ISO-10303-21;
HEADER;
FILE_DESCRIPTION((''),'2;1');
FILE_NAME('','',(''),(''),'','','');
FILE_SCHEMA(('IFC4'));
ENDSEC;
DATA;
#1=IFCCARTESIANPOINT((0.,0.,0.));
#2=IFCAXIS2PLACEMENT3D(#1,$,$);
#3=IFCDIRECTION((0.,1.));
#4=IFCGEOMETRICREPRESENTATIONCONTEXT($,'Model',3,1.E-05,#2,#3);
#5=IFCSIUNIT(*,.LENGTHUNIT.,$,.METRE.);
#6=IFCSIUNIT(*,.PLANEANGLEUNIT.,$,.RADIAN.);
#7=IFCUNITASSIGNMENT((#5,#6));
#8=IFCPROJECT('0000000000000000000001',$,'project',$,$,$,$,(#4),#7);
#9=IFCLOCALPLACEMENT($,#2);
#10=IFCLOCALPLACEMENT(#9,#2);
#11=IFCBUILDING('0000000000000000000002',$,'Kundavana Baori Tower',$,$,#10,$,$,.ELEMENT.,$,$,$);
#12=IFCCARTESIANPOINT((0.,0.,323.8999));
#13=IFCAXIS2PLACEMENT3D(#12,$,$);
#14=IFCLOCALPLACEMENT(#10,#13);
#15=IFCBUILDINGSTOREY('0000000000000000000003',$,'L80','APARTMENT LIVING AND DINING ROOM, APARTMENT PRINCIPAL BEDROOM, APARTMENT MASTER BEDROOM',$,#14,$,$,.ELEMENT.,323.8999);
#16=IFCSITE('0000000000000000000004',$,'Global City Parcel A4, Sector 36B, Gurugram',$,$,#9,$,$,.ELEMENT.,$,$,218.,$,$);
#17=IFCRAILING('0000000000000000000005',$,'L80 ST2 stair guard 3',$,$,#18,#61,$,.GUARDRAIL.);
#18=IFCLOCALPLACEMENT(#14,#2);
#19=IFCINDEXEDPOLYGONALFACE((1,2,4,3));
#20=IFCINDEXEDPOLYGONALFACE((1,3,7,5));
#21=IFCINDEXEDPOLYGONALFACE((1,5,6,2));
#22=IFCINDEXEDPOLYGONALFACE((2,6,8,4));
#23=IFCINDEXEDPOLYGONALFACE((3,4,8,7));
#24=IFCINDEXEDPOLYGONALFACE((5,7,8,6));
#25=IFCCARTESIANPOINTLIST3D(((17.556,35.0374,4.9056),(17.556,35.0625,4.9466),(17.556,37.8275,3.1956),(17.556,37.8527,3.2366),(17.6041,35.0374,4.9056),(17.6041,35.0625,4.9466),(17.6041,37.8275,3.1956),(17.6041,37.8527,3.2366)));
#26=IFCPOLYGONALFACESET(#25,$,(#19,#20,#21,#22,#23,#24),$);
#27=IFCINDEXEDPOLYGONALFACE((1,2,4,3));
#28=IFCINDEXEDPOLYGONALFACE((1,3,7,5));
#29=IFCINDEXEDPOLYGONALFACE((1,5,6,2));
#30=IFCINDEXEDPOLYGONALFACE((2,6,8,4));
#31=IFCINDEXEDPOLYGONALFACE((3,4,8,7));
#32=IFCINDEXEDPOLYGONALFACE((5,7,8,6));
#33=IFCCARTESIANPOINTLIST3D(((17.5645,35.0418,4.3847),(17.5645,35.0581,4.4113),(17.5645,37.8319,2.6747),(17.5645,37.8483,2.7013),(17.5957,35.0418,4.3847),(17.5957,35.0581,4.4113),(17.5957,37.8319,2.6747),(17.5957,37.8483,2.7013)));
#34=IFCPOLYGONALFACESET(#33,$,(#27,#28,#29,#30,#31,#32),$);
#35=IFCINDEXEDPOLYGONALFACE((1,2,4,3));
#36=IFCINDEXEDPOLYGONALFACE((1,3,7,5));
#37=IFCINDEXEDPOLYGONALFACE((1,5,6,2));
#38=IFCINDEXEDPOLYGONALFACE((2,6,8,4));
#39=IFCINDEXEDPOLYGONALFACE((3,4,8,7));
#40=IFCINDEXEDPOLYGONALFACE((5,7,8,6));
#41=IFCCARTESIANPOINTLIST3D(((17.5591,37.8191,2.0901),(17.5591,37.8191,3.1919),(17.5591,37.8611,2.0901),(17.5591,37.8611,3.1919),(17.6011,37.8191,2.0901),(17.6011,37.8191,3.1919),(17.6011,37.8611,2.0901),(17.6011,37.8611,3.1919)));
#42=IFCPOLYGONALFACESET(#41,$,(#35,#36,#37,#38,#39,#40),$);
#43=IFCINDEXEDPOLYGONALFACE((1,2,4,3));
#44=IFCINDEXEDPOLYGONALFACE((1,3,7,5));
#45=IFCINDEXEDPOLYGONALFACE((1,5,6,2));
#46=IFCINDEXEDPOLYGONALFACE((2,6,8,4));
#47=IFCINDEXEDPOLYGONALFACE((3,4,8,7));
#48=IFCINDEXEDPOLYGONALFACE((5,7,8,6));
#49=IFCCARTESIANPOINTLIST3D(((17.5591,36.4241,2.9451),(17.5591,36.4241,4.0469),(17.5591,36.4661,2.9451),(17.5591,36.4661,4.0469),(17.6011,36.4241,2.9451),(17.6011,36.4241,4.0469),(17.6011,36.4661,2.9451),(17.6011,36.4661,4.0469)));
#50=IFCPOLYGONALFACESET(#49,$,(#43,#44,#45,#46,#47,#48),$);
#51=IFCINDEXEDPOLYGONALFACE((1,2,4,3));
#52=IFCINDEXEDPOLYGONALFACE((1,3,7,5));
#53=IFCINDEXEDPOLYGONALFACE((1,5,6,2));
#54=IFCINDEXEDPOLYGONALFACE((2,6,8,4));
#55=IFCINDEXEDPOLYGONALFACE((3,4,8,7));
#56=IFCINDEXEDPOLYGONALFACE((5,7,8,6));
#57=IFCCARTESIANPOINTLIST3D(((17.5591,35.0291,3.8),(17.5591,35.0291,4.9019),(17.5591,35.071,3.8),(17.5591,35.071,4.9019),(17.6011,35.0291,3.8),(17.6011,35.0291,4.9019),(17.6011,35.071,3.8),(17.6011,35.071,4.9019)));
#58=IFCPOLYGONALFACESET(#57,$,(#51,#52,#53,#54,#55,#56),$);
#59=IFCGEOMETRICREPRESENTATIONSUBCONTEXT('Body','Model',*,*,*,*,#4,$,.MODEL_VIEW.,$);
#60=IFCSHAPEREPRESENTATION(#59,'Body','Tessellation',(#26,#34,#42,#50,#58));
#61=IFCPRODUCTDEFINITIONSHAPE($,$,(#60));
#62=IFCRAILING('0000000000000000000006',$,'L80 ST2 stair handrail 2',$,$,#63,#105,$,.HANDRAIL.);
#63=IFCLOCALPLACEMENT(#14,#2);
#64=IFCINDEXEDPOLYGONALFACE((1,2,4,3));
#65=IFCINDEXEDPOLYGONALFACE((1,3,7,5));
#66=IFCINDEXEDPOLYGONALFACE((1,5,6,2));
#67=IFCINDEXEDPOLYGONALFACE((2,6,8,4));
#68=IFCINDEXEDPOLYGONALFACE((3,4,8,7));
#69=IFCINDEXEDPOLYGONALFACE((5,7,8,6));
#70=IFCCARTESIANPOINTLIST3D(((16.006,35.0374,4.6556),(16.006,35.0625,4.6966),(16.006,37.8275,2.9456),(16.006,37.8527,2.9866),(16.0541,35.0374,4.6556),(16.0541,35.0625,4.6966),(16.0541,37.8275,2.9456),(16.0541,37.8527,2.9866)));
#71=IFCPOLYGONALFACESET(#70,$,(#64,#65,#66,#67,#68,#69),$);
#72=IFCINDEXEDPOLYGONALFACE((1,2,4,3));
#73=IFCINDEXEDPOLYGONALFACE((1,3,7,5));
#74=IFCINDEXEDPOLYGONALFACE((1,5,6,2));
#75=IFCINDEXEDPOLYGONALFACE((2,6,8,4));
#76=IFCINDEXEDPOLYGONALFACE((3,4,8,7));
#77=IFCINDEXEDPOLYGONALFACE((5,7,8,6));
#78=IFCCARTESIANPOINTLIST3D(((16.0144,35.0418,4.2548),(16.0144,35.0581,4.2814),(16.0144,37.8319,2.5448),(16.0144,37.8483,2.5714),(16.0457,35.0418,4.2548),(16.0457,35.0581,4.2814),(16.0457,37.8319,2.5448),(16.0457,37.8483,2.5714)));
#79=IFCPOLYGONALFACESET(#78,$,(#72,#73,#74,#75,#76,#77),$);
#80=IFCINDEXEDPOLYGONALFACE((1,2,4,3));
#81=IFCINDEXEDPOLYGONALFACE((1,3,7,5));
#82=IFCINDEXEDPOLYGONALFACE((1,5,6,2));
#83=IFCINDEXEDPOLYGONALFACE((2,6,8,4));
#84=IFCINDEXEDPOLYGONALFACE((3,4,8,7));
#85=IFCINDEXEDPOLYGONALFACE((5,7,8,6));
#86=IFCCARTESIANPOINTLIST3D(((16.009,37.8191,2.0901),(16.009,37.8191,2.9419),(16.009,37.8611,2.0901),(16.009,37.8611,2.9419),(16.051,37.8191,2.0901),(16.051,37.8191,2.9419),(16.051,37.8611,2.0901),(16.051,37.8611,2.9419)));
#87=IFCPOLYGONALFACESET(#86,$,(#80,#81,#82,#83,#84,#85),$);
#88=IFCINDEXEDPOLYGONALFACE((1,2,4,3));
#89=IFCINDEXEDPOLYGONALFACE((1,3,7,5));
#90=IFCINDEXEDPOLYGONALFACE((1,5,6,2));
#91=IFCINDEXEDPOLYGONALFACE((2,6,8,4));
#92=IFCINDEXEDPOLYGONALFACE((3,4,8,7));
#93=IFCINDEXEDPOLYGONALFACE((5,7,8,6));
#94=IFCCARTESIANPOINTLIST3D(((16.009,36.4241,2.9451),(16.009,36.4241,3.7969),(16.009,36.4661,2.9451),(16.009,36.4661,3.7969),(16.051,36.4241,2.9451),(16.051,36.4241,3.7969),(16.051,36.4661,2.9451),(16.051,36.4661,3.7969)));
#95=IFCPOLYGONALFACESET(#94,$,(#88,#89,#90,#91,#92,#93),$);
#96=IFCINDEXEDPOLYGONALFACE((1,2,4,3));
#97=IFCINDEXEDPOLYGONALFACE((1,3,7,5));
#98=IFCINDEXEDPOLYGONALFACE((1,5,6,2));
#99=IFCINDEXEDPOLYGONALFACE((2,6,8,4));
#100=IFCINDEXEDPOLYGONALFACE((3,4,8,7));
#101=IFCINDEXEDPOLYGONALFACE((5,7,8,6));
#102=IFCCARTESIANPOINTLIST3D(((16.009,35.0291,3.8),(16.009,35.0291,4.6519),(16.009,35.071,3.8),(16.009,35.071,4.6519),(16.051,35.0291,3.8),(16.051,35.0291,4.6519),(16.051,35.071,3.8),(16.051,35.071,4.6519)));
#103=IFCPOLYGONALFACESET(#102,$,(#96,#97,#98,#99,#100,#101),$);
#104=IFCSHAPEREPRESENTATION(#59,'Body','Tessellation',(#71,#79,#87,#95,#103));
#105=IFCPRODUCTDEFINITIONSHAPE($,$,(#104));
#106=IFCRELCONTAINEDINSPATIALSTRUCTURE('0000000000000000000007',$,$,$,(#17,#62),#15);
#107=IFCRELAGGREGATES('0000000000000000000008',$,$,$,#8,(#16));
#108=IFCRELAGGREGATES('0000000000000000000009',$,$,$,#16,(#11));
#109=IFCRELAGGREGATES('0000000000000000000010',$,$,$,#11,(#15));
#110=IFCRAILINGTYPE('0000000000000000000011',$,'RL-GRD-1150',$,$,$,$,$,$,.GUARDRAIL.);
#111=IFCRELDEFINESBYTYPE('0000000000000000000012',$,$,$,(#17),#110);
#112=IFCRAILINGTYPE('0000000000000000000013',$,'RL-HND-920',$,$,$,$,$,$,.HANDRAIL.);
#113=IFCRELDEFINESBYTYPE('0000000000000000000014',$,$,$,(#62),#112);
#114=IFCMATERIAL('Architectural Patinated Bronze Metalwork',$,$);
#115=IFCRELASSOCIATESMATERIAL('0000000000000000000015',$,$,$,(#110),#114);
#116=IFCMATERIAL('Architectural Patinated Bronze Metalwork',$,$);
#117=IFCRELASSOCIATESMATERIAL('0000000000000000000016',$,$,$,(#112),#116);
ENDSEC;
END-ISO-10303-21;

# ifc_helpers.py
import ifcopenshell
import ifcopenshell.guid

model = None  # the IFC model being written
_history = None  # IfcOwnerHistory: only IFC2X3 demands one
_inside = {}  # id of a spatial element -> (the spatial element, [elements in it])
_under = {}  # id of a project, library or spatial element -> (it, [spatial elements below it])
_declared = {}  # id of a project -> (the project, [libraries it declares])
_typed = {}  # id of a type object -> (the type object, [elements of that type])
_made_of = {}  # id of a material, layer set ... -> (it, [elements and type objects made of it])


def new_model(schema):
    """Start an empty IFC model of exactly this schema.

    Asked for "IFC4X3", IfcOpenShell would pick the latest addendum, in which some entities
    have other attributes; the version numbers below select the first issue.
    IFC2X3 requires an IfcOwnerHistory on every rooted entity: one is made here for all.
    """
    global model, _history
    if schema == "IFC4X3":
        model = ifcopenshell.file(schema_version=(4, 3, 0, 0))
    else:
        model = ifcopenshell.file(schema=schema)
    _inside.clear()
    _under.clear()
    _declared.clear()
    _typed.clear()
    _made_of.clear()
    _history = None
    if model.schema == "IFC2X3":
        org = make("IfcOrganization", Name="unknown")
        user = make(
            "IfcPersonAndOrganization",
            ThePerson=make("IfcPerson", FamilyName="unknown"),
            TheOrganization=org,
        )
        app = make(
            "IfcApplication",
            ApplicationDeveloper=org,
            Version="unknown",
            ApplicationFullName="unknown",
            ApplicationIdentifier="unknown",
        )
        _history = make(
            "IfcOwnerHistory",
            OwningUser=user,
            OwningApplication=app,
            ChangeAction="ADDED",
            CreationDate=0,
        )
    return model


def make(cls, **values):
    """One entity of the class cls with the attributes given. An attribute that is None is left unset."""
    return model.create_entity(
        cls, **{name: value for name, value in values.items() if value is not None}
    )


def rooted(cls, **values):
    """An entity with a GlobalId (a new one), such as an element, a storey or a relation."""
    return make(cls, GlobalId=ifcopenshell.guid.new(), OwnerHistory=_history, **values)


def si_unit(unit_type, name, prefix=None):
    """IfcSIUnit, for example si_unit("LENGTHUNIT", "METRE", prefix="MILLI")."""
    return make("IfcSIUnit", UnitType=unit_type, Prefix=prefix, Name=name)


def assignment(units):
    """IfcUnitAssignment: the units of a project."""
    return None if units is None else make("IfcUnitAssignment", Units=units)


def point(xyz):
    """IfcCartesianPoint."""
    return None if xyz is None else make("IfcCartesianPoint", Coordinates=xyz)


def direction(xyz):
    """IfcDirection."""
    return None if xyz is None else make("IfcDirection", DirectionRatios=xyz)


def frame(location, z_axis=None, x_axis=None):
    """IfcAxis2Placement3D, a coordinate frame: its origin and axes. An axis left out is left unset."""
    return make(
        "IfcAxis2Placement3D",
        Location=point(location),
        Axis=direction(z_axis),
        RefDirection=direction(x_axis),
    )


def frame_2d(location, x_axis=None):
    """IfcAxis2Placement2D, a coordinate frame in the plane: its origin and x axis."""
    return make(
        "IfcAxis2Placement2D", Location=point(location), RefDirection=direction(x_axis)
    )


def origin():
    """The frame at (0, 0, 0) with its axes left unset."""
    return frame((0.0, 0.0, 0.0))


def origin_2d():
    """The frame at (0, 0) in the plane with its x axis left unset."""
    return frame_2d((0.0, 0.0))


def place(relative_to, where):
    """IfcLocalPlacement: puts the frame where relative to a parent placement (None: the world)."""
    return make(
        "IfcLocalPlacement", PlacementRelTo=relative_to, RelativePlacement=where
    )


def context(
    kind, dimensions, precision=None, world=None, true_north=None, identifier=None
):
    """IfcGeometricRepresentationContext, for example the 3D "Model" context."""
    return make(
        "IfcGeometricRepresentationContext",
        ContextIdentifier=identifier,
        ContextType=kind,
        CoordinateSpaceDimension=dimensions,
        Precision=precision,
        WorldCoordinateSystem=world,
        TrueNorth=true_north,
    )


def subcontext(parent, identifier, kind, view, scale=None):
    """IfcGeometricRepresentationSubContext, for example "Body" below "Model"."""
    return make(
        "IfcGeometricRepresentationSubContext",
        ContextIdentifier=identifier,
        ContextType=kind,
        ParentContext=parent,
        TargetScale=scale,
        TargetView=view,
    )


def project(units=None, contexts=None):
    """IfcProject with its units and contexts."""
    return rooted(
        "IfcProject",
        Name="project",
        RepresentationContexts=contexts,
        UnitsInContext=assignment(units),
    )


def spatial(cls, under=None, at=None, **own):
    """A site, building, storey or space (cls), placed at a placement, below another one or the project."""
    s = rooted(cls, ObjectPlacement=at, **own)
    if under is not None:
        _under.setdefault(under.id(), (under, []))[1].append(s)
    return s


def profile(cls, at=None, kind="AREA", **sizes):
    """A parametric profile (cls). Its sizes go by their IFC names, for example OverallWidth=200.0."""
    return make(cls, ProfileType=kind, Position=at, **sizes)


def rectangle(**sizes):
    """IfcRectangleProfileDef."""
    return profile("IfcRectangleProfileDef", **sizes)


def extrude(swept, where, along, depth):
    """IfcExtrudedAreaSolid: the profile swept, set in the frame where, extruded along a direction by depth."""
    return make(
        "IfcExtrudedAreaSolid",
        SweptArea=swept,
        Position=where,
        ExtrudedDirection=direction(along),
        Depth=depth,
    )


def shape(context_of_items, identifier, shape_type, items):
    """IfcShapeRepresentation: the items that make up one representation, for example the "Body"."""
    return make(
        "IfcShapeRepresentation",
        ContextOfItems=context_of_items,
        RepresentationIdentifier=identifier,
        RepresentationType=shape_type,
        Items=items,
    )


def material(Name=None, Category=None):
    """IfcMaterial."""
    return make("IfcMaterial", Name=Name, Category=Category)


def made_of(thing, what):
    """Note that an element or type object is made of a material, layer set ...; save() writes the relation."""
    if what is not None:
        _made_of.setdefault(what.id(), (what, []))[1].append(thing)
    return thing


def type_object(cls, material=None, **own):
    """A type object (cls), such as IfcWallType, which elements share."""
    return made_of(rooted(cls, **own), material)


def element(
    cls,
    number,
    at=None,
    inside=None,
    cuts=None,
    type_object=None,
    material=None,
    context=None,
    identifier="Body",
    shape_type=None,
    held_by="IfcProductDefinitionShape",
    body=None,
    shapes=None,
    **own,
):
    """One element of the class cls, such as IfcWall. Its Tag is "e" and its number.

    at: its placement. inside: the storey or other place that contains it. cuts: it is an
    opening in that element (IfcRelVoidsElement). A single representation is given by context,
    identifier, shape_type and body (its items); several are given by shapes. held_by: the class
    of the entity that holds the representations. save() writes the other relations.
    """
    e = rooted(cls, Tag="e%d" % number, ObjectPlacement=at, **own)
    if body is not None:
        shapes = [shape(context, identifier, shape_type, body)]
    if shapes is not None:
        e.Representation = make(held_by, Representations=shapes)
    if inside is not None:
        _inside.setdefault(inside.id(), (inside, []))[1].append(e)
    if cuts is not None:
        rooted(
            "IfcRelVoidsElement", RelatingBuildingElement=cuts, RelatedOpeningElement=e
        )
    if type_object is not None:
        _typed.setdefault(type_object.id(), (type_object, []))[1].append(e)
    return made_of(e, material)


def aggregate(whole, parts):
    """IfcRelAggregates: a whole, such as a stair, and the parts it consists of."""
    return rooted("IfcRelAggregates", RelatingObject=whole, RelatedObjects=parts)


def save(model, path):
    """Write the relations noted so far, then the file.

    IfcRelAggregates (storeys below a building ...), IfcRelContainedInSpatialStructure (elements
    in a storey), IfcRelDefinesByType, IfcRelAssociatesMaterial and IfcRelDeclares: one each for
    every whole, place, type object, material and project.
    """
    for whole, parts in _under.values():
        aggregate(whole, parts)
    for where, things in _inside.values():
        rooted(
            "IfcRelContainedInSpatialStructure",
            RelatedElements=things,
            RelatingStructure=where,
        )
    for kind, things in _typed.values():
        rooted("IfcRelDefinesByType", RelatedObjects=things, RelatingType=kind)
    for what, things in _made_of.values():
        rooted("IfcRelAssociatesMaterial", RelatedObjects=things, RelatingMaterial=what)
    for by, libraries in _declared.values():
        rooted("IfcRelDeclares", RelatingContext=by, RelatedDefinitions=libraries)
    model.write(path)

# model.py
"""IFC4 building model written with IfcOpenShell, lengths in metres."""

from ifc_helpers import new_model, si_unit, direction, frame, origin, origin_2d, place, context, subcontext, project, spatial, rectangle, extrude, material, type_object, element, save


model = new_model("IFC4")

# Units and contexts
model_context = context("Model", 3, precision=1e-05, world=origin(), true_north=direction((0.0, 1.0)))
body_context = subcontext(model_context, "Body", "Model", "MODEL_VIEW")
ifc_project = project(units=[si_unit("LENGTHUNIT", "METRE"), si_unit("PLANEANGLEUNIT", "RADIAN")], contexts=[model_context])

# Site, building, storey
site_placement = place(None, origin())
site = spatial("IfcSite", under=ifc_project, at=site_placement, Name="Global City Parcel A4, Sector 36B, Gurugram", CompositionType="ELEMENT", RefElevation=218.0)
building_placement = place(site_placement, origin())
building = spatial("IfcBuilding", under=site, at=building_placement, Name="Kundavana Baori Tower", CompositionType="ELEMENT")
storey_placement = place(building_placement, frame((0.0, 0.0, 323.8999)))
storey = spatial("IfcBuildingStorey", under=building, at=storey_placement, Name="L80", Description="APARTMENT LIVING AND DINING ROOM, APARTMENT PRINCIPAL BEDROOM, APARTMENT MASTER BEDROOM", CompositionType="ELEMENT", Elevation=323.8999)

# Railings
ifc_material_1 = material(Name="Architectural Patinated Bronze Metalwork")
railing_type_1 = type_object("IfcRailingType", Name="RL-GRD-1150", PredefinedType="GUARDRAIL", material=ifc_material_1)
railing_1_placement = place(storey_placement, frame((17.5801, 37.8401, 2.0901)))
element("IfcRailing", 1, at=railing_1_placement, inside=storey, type_object=railing_type_1, Name="L80 ST2 stair guard 3", PredefinedType="GUARDRAIL", context=body_context, shape_type="SweptSolid", body=[
    extrude(rectangle(XDim=0.0481, YDim=0.0481, at=origin_2d()), frame((0.0, 0.0, 1.126), z_axis=(0.0, -0.85261, 0.522548), x_axis=(1.0, 0.0, 0.0)), (0.0, 0.0, 1.0), 3.2725),
    extrude(rectangle(XDim=0.0312, YDim=0.0312, at=origin_2d()), frame((0.0, 0.0, 0.5979), z_axis=(0.0, -0.85261, 0.522548), x_axis=(1.0, 0.0, 0.0)), (0.0, 0.0, 1.0), 3.2725),
    extrude(rectangle(XDim=0.042, YDim=0.042, at=origin_2d()), origin(), (0.0, 0.0, 1.0), 1.1018),
    extrude(rectangle(XDim=0.042, YDim=0.042, at=origin_2d()), frame((0.0, -1.395, 0.855)), (0.0, 0.0, 1.0), 1.1018),
    extrude(rectangle(XDim=0.042, YDim=0.042, at=origin_2d()), frame((0.0, -2.79, 1.71)), (0.0, 0.0, 1.0), 1.1018),
])
ifc_material_2 = material(Name="Architectural Patinated Bronze Metalwork")
railing_type_2 = type_object("IfcRailingType", Name="RL-HND-920", PredefinedType="HANDRAIL", material=ifc_material_2)
railing_2_placement = place(storey_placement, frame((16.03, 37.8401, 2.0901)))
element("IfcRailing", 2, at=railing_2_placement, inside=storey, type_object=railing_type_2, Name="L80 ST2 stair handrail 2", PredefinedType="HANDRAIL", context=body_context, shape_type="SweptSolid", body=[
    extrude(rectangle(XDim=0.0481, YDim=0.0481, at=origin_2d()), frame((0.0, 0.0, 0.876), z_axis=(0.0, -0.85261, 0.522548), x_axis=(1.0, 0.0, 0.0)), (0.0, 0.0, 1.0), 3.2725),
    extrude(rectangle(XDim=0.0312, YDim=0.0312, at=origin_2d()), frame((0.0, 0.0, 0.468), z_axis=(0.0, -0.85261, 0.522548), x_axis=(1.0, 0.0, 0.0)), (0.0, 0.0, 1.0), 3.2725),
    extrude(rectangle(XDim=0.042, YDim=0.042, at=origin_2d()), origin(), (0.0, 0.0, 1.0), 0.8518),
    extrude(rectangle(XDim=0.042, YDim=0.042, at=origin_2d()), frame((0.0, -1.395, 0.855)), (0.0, 0.0, 1.0), 0.8518),
    extrude(rectangle(XDim=0.042, YDim=0.042, at=origin_2d()), frame((0.0, -2.79, 1.71)), (0.0, 0.0, 1.0), 0.8518),
])

save(model, "model.ifc")
